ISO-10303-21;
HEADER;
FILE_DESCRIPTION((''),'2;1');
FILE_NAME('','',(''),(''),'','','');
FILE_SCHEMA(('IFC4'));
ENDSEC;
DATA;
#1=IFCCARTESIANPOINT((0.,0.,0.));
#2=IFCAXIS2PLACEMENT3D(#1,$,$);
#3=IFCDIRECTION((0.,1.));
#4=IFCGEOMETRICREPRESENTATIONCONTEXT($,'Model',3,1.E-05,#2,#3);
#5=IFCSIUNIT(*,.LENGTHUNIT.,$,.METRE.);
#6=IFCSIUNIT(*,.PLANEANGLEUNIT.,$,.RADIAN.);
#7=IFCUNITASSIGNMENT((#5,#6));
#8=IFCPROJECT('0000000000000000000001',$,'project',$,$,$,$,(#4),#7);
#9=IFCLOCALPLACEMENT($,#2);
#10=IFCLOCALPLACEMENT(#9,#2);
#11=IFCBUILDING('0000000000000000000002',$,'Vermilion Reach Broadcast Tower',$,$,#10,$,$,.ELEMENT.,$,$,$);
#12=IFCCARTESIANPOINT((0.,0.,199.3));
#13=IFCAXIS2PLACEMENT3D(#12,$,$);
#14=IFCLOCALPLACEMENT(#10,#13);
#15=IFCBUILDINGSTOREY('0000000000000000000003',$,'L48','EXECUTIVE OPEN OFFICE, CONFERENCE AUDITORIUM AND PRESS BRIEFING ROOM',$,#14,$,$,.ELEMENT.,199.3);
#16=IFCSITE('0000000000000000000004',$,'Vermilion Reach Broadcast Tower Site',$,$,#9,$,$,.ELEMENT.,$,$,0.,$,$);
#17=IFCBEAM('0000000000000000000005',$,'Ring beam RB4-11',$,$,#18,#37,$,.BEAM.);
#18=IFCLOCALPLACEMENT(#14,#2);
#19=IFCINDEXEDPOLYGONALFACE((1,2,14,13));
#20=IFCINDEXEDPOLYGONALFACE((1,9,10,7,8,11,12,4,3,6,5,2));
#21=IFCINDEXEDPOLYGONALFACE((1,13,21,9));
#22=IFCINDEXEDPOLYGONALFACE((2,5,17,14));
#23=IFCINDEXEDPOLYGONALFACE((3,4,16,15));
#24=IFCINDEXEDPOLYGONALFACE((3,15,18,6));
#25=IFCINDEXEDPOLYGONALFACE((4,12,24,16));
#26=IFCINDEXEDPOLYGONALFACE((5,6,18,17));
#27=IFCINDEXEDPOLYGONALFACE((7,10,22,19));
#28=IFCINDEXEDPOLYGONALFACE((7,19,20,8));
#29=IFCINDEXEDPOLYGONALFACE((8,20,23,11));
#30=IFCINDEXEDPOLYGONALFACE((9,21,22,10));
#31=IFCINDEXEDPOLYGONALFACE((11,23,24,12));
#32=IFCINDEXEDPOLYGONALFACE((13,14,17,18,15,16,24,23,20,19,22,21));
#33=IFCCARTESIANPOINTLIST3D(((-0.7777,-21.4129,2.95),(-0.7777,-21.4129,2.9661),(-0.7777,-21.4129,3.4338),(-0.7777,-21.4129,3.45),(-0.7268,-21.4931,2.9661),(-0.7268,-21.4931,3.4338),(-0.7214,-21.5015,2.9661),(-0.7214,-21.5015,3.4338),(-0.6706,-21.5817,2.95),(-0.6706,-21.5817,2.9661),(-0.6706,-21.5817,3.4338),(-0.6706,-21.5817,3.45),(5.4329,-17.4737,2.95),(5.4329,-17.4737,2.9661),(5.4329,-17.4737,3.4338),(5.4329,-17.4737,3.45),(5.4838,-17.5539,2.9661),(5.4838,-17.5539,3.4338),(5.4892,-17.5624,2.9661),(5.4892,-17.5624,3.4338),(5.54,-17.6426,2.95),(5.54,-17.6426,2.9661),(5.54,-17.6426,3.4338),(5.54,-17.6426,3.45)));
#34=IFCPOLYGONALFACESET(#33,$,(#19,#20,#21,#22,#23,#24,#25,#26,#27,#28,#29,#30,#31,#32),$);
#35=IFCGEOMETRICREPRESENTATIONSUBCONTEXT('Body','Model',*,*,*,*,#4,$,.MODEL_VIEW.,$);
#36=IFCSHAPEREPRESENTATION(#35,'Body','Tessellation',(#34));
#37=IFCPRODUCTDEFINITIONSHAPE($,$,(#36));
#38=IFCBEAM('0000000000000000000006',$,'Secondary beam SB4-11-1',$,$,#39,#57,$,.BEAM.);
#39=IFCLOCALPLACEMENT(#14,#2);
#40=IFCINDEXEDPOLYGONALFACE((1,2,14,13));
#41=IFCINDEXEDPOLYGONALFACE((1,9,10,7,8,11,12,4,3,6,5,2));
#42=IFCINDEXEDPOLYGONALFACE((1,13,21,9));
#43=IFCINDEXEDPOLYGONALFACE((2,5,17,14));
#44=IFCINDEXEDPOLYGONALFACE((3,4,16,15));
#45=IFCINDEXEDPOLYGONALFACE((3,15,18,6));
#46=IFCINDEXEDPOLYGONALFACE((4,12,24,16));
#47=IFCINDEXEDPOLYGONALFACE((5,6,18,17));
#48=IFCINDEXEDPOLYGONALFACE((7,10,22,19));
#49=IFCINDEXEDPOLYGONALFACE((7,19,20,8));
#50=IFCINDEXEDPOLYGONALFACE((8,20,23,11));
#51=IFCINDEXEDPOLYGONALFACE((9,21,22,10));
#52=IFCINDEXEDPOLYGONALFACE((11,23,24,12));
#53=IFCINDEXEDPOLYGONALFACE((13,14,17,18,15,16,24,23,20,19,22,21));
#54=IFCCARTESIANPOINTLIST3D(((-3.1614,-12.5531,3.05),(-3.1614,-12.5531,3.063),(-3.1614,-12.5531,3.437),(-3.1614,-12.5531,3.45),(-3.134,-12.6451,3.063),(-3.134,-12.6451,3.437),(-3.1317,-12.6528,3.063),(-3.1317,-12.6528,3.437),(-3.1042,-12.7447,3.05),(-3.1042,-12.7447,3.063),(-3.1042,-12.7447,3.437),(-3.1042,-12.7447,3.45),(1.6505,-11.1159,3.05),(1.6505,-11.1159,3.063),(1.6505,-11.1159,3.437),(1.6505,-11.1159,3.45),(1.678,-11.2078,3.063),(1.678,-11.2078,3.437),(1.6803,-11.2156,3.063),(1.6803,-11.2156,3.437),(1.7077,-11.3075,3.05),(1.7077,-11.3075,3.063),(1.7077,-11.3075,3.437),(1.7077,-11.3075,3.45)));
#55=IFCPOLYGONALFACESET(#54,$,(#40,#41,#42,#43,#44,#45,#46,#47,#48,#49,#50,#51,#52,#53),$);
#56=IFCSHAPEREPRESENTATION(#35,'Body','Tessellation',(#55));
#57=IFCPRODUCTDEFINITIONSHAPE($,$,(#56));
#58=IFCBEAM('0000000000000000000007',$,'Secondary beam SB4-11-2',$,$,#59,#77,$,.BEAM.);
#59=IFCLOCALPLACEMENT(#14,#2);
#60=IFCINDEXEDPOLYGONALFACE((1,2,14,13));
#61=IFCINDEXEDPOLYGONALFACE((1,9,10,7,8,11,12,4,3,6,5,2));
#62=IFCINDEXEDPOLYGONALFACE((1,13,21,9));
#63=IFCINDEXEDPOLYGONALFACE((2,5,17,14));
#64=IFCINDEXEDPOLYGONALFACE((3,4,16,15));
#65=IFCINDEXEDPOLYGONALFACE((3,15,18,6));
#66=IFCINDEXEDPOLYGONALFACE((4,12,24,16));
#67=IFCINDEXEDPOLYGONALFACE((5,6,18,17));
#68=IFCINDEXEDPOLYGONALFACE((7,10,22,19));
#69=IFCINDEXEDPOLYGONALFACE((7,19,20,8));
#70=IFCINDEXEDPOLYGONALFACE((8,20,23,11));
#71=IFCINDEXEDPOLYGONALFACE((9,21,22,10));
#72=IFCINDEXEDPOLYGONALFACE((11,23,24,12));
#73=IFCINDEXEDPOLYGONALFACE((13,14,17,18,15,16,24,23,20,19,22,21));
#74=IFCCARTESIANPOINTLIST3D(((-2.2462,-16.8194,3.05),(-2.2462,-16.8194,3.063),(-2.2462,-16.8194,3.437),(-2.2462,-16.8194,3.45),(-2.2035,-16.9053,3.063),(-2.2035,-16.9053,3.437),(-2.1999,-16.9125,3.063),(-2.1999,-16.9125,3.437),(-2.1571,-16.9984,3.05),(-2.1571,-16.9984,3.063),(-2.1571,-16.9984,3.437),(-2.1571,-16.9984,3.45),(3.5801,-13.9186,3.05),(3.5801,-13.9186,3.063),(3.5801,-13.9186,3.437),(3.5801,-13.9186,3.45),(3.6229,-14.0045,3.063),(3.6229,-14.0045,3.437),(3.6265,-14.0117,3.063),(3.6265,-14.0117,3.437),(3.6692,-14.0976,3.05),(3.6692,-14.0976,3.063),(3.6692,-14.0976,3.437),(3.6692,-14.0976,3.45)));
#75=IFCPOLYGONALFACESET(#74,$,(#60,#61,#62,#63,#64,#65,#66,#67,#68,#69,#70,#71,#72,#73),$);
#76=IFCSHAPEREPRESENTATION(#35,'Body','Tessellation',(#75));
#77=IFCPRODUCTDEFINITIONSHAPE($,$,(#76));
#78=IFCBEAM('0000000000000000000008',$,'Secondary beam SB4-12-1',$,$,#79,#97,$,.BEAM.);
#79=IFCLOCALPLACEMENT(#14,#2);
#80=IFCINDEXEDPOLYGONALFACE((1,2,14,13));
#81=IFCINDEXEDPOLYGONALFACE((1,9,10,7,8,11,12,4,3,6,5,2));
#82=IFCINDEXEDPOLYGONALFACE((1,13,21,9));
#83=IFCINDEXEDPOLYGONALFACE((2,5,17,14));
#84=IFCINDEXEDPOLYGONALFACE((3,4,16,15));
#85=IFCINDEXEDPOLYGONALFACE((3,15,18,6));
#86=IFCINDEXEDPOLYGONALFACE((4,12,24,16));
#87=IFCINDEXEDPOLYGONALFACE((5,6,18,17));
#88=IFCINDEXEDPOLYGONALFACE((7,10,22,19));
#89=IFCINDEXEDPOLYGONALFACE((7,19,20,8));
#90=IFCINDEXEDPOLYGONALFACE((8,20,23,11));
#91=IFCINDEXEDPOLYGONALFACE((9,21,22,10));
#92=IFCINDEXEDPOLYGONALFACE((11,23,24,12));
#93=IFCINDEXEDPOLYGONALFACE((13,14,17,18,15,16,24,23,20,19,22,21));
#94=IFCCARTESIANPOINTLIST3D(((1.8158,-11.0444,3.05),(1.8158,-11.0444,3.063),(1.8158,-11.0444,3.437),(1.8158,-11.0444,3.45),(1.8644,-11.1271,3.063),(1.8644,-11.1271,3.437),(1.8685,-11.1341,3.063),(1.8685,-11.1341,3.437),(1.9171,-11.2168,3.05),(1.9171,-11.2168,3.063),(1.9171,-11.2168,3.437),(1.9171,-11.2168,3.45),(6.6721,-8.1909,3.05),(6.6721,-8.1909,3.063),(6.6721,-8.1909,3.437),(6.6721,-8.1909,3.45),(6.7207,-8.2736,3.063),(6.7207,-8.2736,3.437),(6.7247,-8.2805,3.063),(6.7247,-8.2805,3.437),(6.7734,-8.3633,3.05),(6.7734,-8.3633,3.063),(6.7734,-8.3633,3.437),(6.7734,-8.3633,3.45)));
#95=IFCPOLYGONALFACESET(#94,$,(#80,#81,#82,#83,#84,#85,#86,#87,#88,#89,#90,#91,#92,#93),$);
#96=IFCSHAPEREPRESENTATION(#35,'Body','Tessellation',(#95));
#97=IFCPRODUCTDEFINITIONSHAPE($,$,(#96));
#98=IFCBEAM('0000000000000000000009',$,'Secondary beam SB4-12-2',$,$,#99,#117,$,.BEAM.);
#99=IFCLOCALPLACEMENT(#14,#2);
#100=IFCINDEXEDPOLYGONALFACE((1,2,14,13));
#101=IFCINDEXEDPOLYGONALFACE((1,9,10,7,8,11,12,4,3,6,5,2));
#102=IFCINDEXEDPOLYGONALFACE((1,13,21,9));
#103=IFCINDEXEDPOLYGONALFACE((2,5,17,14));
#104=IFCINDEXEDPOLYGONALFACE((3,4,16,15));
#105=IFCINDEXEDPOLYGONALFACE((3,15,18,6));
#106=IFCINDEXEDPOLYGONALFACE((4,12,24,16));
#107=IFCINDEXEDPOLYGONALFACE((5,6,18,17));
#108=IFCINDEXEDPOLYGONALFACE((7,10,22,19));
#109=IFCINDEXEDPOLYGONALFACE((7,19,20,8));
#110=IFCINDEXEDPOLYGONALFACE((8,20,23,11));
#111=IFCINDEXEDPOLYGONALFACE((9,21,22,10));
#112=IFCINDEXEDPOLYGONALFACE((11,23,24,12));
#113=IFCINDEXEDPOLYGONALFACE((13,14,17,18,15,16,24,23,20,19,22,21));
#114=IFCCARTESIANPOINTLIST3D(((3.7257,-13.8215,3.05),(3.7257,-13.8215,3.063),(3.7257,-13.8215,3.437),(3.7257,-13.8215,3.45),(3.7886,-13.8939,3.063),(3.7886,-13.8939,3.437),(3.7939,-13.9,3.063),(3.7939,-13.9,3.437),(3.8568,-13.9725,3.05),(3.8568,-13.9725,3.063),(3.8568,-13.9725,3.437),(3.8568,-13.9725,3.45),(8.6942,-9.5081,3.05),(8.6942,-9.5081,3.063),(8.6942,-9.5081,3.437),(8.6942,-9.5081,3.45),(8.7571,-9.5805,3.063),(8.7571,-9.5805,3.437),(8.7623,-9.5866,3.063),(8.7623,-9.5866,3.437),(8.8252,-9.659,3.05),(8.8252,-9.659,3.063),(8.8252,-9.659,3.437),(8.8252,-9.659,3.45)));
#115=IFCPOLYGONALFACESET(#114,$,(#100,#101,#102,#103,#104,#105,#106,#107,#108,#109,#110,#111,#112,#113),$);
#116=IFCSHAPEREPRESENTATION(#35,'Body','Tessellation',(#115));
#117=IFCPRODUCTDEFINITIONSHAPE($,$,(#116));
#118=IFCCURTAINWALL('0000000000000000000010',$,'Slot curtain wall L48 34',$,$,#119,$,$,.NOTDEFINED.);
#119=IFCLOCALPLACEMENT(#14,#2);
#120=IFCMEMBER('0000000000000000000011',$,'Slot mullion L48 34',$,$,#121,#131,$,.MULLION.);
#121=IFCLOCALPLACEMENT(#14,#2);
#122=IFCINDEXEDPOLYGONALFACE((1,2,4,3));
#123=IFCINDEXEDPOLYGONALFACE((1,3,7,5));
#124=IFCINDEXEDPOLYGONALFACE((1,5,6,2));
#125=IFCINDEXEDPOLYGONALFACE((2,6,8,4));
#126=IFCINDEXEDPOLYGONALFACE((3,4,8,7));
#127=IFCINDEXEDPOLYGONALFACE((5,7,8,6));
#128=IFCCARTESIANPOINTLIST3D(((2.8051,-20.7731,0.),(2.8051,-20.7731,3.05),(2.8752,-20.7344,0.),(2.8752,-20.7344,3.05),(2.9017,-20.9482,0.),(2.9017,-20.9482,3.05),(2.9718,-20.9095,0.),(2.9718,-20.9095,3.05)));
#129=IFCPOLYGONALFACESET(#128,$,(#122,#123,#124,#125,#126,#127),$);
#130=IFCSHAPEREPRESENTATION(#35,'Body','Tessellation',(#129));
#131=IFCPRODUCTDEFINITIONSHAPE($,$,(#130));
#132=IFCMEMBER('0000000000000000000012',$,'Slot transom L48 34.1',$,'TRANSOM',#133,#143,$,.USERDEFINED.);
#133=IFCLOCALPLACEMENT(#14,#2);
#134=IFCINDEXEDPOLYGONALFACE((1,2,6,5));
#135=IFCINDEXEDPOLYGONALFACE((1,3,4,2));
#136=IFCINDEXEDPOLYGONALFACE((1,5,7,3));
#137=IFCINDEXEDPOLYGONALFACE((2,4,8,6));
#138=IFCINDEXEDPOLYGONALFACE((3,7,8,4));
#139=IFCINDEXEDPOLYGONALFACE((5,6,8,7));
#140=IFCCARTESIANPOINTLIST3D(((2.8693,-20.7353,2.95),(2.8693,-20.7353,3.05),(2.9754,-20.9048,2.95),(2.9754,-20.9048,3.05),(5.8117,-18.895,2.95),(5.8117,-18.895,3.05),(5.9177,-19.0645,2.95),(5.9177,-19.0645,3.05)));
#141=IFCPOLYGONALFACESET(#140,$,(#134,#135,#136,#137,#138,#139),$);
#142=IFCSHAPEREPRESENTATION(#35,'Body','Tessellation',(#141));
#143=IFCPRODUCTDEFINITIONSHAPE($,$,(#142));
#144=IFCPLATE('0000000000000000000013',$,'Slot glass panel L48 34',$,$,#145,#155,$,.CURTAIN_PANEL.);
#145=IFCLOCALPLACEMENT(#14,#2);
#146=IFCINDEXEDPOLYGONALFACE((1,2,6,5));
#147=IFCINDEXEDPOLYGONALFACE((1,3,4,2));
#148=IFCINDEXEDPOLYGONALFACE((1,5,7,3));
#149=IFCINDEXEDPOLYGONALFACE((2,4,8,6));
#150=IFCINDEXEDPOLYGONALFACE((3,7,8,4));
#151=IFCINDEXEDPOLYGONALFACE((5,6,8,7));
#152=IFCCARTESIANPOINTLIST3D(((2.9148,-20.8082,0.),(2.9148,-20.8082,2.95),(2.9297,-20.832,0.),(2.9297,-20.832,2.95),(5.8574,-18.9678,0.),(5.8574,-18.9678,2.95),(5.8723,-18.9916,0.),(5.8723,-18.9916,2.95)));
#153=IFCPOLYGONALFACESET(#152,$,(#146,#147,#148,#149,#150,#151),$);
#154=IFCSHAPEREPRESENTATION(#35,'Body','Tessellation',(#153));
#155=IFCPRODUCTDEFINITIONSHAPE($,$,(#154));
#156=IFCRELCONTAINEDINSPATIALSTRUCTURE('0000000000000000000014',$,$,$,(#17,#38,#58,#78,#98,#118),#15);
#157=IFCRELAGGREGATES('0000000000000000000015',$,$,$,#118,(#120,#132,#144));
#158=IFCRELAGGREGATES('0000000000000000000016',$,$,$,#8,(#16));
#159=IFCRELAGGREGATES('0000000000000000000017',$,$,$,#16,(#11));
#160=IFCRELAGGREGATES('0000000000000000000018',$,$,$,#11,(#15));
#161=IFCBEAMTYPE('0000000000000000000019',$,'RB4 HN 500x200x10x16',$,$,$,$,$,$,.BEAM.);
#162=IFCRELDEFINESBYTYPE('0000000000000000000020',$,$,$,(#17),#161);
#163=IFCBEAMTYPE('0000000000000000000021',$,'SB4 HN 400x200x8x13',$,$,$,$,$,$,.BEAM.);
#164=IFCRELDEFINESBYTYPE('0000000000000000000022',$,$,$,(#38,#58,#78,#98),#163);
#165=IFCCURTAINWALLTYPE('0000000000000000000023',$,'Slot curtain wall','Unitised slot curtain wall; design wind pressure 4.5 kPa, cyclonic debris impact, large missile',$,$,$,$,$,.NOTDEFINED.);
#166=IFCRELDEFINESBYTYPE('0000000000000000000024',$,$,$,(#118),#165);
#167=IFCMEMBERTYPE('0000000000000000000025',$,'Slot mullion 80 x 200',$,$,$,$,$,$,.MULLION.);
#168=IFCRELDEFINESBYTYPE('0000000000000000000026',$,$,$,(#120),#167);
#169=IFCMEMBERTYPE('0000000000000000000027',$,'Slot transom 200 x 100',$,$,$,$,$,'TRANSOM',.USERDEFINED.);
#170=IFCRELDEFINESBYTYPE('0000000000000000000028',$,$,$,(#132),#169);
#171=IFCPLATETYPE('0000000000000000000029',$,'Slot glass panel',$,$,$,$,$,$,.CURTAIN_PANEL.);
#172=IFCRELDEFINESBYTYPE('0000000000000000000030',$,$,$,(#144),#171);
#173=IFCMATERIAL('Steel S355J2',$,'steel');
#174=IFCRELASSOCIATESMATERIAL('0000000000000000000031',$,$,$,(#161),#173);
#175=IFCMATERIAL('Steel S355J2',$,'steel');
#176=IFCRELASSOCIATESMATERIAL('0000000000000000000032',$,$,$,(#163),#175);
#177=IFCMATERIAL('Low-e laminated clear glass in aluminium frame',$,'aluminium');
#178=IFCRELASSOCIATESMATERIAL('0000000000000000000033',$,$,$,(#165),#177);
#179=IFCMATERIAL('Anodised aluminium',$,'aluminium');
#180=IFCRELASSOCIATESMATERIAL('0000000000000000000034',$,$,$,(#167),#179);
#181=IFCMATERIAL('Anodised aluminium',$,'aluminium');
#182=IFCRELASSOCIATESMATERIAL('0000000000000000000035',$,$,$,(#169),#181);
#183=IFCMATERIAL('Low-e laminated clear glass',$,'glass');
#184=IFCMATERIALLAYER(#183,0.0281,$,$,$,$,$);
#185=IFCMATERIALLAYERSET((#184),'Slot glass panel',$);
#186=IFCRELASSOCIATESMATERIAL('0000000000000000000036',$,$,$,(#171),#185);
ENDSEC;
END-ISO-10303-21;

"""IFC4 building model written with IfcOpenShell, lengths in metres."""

from ifc_helpers import new_model, si_unit, direction, frame, origin, origin_2d, place, context, subcontext, project, spatial, rectangle, i_section, extrude, material, layer, layer_set, material_profile, profile_set, type_object, element, aggregate, save


model = new_model("IFC4")

# Units and contexts
model_context = context("Model", 3, precision=1e-05, world=origin(), true_north=direction((0.0, 1.0)))
body_context = subcontext(model_context, "Body", "Model", "MODEL_VIEW")
ifc_project = project(units=[si_unit("LENGTHUNIT", "METRE"), si_unit("PLANEANGLEUNIT", "RADIAN")], contexts=[model_context])

# Site, building, storey
site_placement = place(None, origin())
site = spatial("IfcSite", under=ifc_project, at=site_placement, Name="Vermilion Reach Broadcast Tower Site", CompositionType="ELEMENT", RefElevation=0.0)
building_placement = place(site_placement, origin())
building = spatial("IfcBuilding", under=site, at=building_placement, Name="Vermilion Reach Broadcast Tower", CompositionType="ELEMENT")
storey_placement = place(building_placement, frame((0.0, 0.0, 199.3)))
storey = spatial("IfcBuildingStorey", under=building, at=storey_placement, Name="L48", Description="EXECUTIVE OPEN OFFICE, CONFERENCE AUDITORIUM AND PRESS BRIEFING ROOM", CompositionType="ELEMENT", Elevation=199.3)

# Beams
ifc_material_1 = material(Name="Steel S355J2", Category="steel")
ifc_material_profile_1 = material_profile(ifc_material_1, i_section(OverallWidth=0.2, OverallDepth=0.5, WebThickness=0.01, FlangeThickness=0.0161, at=origin_2d()), Name="S355J2 HN 500x200x10x16")
ifc_profile_set_1 = profile_set([ifc_material_profile_1], Name="Steel S355J2")
beam_type_1 = type_object("IfcBeamType", Name="RB4 HN 500x200x10x16", PredefinedType="BEAM", material=ifc_profile_set_1)
beam_1_placement = place(storey_placement, frame((-0.7241, -21.4973, 3.2), z_axis=(0.844464, 0.535612, 0.0), x_axis=(-0.535612, 0.844464, 0.0)))
element("IfcBeam", 1, at=beam_1_placement, inside=storey, type_object=beam_type_1, Name="Ring beam RB4-11", PredefinedType="BEAM", context=body_context, shape_type="SweptSolid", body=[
    extrude(i_section(OverallWidth=0.2, OverallDepth=0.5, WebThickness=0.01, FlangeThickness=0.0161, at=origin_2d()), origin(), (0.0, 0.0, 1.0), 7.3545),
])
ifc_material_2 = material(Name="Steel S355J2", Category="steel")
ifc_material_profile_2 = material_profile(ifc_material_2, i_section(OverallWidth=0.2, OverallDepth=0.3999, WebThickness=0.0081, FlangeThickness=0.0129, at=origin_2d()), Name="S355J2 HN 400x200x8x13")
ifc_profile_set_2 = profile_set([ifc_material_profile_2], Name="Steel S355J2")
beam_type_2 = type_object("IfcBeamType", Name="SB4 HN 400x200x8x13", PredefinedType="BEAM", material=ifc_profile_set_2)
beam_2_placement = place(storey_placement, frame((-3.1328, -12.6489, 3.25), z_axis=(0.958173, 0.286188, 0.0), x_axis=(-0.286188, 0.958173, 0.0)))
element("IfcBeam", 2, at=beam_2_placement, inside=storey, type_object=beam_type_2, Name="Secondary beam SB4-11-1", PredefinedType="BEAM", context=body_context, shape_type="SweptSolid", body=[
    extrude(i_section(OverallWidth=0.2, OverallDepth=0.3999, WebThickness=0.0081, FlangeThickness=0.0129, at=origin_2d()), origin(), (0.0, 0.0, 1.0), 5.022),
])
beam_3_placement = place(storey_placement, frame((-2.2017, -16.9089, 3.25), z_axis=(0.895184, 0.445698, 0.0), x_axis=(-0.445698, 0.895184, 0.0)))
element("IfcBeam", 3, at=beam_3_placement, inside=storey, type_object=beam_type_2, Name="Secondary beam SB4-11-2", PredefinedType="BEAM", context=body_context, shape_type="SweptSolid", body=[
    extrude(i_section(OverallWidth=0.2, OverallDepth=0.3999, WebThickness=0.0081, FlangeThickness=0.0129, at=origin_2d()), origin(), (0.0, 0.0, 1.0), 6.5085),
])
beam_4_placement = place(storey_placement, frame((1.8665, -11.1306, 3.25), z_axis=(0.862173, 0.506615, 0.0), x_axis=(-0.506615, 0.862173, 0.0)))
element("IfcBeam", 4, at=beam_4_placement, inside=storey, type_object=beam_type_2, Name="Secondary beam SB4-12-1", PredefinedType="BEAM", context=body_context, shape_type="SweptSolid", body=[
    extrude(i_section(OverallWidth=0.2, OverallDepth=0.3999, WebThickness=0.0081, FlangeThickness=0.0129, at=origin_2d()), origin(), (0.0, 0.0, 1.0), 5.6326),
])
beam_5_placement = place(storey_placement, frame((3.7913, -13.897, 3.25), z_axis=(0.755129, 0.655576, 0.0), x_axis=(-0.655576, 0.755129, 0.0)))
element("IfcBeam", 5, at=beam_5_placement, inside=storey, type_object=beam_type_2, Name="Secondary beam SB4-12-2", PredefinedType="BEAM", context=body_context, shape_type="SweptSolid", body=[
    extrude(i_section(OverallWidth=0.2, OverallDepth=0.3999, WebThickness=0.0081, FlangeThickness=0.0129, at=origin_2d()), origin(), (0.0, 0.0, 1.0), 6.5796),
])

# Curtain wall, members, plate
ifc_material_3 = material(Name="Low-e laminated clear glass in aluminium frame", Category="aluminium")
curtain_wall_type = type_object("IfcCurtainWallType", Name="Slot curtain wall", Description="Unitised slot curtain wall; design wind pressure 4.5 kPa, cyclonic debris impact, large missile", PredefinedType="NOTDEFINED", material=ifc_material_3)
curtain_wall_placement = place(storey_placement, origin())
curtain_wall = element("IfcCurtainWall", 6, at=curtain_wall_placement, inside=storey, type_object=curtain_wall_type, Name="Slot curtain wall L48 34", PredefinedType="NOTDEFINED")
ifc_material_4 = material(Name="Anodised aluminium", Category="aluminium")
ifc_material_profile_3 = material_profile(ifc_material_4, rectangle(XDim=0.2, YDim=0.0801, at=origin_2d()), Name="Slot mullion 80 x 200")
ifc_profile_set_3 = profile_set([ifc_material_profile_3], Name="Anodised aluminium")
member_type_1 = type_object("IfcMemberType", Name="Slot mullion 80 x 200", PredefinedType="MULLION", material=ifc_profile_set_3)
member_1_placement = place(storey_placement, frame((2.8884, -20.8413, 0.0), z_axis=(0.0, 0.0, 1.0), x_axis=(-0.482962, 0.875642, 0.0)))
member_1 = element("IfcMember", 7, at=member_1_placement, type_object=member_type_1, Name="Slot mullion L48 34", PredefinedType="MULLION", context=body_context, shape_type="SweptSolid", body=[
    extrude(rectangle(XDim=0.2, YDim=0.0801, at=origin_2d()), origin(), (0.0, 0.0, 1.0), 3.05),
])
ifc_material_5 = material(Name="Anodised aluminium", Category="aluminium")
ifc_material_profile_4 = material_profile(ifc_material_5, rectangle(XDim=0.2, YDim=0.1001, at=origin_2d()), Name="Slot transom 200 x 100")
ifc_profile_set_4 = profile_set([ifc_material_profile_4], Name="Anodised aluminium")
member_type_2 = type_object("IfcMemberType", Name="Slot transom 200 x 100", ElementType="TRANSOM", PredefinedType="USERDEFINED", material=ifc_profile_set_4)
member_2_placement = place(storey_placement, frame((2.9224, -20.8201, 3.0), z_axis=(0.847824, 0.530277, 0.0), x_axis=(-0.530277, 0.847824, 0.0)))
member_2 = element("IfcMember", 8, at=member_2_placement, type_object=member_type_2, Name="Slot transom L48 34.1", ObjectType="TRANSOM", PredefinedType="USERDEFINED", context=body_context, shape_type="SweptSolid", body=[
    extrude(rectangle(XDim=0.2, YDim=0.1001, at=origin_2d()), origin(), (0.0, 0.0, 1.0), 3.4705),
])
ifc_material_6 = material(Name="Low-e laminated clear glass", Category="glass")
ifc_layer_1 = layer(ifc_material_6, 0.0281)
ifc_layer_set_1 = layer_set([ifc_layer_1], Name="Slot glass panel")
plate_type = type_object("IfcPlateType", Name="Slot glass panel", PredefinedType="CURTAIN_PANEL", material=ifc_layer_set_1)
plate_placement = place(storey_placement, frame((4.3936, -19.8999, 0.0), z_axis=(0.0, 0.0, 1.0), x_axis=(0.84784, 0.530252, 0.0)))
plate = element("IfcPlate", 9, at=plate_placement, type_object=plate_type, Name="Slot glass panel L48 34", PredefinedType="CURTAIN_PANEL", context=body_context, shape_type="SweptSolid", body=[
    extrude(rectangle(XDim=3.4707, YDim=0.0281, at=origin_2d()), origin(), (0.0, 0.0, 1.0), 2.95),
])
aggregate(curtain_wall, [member_1, member_2, plate])

save(model, "model.ifc")
